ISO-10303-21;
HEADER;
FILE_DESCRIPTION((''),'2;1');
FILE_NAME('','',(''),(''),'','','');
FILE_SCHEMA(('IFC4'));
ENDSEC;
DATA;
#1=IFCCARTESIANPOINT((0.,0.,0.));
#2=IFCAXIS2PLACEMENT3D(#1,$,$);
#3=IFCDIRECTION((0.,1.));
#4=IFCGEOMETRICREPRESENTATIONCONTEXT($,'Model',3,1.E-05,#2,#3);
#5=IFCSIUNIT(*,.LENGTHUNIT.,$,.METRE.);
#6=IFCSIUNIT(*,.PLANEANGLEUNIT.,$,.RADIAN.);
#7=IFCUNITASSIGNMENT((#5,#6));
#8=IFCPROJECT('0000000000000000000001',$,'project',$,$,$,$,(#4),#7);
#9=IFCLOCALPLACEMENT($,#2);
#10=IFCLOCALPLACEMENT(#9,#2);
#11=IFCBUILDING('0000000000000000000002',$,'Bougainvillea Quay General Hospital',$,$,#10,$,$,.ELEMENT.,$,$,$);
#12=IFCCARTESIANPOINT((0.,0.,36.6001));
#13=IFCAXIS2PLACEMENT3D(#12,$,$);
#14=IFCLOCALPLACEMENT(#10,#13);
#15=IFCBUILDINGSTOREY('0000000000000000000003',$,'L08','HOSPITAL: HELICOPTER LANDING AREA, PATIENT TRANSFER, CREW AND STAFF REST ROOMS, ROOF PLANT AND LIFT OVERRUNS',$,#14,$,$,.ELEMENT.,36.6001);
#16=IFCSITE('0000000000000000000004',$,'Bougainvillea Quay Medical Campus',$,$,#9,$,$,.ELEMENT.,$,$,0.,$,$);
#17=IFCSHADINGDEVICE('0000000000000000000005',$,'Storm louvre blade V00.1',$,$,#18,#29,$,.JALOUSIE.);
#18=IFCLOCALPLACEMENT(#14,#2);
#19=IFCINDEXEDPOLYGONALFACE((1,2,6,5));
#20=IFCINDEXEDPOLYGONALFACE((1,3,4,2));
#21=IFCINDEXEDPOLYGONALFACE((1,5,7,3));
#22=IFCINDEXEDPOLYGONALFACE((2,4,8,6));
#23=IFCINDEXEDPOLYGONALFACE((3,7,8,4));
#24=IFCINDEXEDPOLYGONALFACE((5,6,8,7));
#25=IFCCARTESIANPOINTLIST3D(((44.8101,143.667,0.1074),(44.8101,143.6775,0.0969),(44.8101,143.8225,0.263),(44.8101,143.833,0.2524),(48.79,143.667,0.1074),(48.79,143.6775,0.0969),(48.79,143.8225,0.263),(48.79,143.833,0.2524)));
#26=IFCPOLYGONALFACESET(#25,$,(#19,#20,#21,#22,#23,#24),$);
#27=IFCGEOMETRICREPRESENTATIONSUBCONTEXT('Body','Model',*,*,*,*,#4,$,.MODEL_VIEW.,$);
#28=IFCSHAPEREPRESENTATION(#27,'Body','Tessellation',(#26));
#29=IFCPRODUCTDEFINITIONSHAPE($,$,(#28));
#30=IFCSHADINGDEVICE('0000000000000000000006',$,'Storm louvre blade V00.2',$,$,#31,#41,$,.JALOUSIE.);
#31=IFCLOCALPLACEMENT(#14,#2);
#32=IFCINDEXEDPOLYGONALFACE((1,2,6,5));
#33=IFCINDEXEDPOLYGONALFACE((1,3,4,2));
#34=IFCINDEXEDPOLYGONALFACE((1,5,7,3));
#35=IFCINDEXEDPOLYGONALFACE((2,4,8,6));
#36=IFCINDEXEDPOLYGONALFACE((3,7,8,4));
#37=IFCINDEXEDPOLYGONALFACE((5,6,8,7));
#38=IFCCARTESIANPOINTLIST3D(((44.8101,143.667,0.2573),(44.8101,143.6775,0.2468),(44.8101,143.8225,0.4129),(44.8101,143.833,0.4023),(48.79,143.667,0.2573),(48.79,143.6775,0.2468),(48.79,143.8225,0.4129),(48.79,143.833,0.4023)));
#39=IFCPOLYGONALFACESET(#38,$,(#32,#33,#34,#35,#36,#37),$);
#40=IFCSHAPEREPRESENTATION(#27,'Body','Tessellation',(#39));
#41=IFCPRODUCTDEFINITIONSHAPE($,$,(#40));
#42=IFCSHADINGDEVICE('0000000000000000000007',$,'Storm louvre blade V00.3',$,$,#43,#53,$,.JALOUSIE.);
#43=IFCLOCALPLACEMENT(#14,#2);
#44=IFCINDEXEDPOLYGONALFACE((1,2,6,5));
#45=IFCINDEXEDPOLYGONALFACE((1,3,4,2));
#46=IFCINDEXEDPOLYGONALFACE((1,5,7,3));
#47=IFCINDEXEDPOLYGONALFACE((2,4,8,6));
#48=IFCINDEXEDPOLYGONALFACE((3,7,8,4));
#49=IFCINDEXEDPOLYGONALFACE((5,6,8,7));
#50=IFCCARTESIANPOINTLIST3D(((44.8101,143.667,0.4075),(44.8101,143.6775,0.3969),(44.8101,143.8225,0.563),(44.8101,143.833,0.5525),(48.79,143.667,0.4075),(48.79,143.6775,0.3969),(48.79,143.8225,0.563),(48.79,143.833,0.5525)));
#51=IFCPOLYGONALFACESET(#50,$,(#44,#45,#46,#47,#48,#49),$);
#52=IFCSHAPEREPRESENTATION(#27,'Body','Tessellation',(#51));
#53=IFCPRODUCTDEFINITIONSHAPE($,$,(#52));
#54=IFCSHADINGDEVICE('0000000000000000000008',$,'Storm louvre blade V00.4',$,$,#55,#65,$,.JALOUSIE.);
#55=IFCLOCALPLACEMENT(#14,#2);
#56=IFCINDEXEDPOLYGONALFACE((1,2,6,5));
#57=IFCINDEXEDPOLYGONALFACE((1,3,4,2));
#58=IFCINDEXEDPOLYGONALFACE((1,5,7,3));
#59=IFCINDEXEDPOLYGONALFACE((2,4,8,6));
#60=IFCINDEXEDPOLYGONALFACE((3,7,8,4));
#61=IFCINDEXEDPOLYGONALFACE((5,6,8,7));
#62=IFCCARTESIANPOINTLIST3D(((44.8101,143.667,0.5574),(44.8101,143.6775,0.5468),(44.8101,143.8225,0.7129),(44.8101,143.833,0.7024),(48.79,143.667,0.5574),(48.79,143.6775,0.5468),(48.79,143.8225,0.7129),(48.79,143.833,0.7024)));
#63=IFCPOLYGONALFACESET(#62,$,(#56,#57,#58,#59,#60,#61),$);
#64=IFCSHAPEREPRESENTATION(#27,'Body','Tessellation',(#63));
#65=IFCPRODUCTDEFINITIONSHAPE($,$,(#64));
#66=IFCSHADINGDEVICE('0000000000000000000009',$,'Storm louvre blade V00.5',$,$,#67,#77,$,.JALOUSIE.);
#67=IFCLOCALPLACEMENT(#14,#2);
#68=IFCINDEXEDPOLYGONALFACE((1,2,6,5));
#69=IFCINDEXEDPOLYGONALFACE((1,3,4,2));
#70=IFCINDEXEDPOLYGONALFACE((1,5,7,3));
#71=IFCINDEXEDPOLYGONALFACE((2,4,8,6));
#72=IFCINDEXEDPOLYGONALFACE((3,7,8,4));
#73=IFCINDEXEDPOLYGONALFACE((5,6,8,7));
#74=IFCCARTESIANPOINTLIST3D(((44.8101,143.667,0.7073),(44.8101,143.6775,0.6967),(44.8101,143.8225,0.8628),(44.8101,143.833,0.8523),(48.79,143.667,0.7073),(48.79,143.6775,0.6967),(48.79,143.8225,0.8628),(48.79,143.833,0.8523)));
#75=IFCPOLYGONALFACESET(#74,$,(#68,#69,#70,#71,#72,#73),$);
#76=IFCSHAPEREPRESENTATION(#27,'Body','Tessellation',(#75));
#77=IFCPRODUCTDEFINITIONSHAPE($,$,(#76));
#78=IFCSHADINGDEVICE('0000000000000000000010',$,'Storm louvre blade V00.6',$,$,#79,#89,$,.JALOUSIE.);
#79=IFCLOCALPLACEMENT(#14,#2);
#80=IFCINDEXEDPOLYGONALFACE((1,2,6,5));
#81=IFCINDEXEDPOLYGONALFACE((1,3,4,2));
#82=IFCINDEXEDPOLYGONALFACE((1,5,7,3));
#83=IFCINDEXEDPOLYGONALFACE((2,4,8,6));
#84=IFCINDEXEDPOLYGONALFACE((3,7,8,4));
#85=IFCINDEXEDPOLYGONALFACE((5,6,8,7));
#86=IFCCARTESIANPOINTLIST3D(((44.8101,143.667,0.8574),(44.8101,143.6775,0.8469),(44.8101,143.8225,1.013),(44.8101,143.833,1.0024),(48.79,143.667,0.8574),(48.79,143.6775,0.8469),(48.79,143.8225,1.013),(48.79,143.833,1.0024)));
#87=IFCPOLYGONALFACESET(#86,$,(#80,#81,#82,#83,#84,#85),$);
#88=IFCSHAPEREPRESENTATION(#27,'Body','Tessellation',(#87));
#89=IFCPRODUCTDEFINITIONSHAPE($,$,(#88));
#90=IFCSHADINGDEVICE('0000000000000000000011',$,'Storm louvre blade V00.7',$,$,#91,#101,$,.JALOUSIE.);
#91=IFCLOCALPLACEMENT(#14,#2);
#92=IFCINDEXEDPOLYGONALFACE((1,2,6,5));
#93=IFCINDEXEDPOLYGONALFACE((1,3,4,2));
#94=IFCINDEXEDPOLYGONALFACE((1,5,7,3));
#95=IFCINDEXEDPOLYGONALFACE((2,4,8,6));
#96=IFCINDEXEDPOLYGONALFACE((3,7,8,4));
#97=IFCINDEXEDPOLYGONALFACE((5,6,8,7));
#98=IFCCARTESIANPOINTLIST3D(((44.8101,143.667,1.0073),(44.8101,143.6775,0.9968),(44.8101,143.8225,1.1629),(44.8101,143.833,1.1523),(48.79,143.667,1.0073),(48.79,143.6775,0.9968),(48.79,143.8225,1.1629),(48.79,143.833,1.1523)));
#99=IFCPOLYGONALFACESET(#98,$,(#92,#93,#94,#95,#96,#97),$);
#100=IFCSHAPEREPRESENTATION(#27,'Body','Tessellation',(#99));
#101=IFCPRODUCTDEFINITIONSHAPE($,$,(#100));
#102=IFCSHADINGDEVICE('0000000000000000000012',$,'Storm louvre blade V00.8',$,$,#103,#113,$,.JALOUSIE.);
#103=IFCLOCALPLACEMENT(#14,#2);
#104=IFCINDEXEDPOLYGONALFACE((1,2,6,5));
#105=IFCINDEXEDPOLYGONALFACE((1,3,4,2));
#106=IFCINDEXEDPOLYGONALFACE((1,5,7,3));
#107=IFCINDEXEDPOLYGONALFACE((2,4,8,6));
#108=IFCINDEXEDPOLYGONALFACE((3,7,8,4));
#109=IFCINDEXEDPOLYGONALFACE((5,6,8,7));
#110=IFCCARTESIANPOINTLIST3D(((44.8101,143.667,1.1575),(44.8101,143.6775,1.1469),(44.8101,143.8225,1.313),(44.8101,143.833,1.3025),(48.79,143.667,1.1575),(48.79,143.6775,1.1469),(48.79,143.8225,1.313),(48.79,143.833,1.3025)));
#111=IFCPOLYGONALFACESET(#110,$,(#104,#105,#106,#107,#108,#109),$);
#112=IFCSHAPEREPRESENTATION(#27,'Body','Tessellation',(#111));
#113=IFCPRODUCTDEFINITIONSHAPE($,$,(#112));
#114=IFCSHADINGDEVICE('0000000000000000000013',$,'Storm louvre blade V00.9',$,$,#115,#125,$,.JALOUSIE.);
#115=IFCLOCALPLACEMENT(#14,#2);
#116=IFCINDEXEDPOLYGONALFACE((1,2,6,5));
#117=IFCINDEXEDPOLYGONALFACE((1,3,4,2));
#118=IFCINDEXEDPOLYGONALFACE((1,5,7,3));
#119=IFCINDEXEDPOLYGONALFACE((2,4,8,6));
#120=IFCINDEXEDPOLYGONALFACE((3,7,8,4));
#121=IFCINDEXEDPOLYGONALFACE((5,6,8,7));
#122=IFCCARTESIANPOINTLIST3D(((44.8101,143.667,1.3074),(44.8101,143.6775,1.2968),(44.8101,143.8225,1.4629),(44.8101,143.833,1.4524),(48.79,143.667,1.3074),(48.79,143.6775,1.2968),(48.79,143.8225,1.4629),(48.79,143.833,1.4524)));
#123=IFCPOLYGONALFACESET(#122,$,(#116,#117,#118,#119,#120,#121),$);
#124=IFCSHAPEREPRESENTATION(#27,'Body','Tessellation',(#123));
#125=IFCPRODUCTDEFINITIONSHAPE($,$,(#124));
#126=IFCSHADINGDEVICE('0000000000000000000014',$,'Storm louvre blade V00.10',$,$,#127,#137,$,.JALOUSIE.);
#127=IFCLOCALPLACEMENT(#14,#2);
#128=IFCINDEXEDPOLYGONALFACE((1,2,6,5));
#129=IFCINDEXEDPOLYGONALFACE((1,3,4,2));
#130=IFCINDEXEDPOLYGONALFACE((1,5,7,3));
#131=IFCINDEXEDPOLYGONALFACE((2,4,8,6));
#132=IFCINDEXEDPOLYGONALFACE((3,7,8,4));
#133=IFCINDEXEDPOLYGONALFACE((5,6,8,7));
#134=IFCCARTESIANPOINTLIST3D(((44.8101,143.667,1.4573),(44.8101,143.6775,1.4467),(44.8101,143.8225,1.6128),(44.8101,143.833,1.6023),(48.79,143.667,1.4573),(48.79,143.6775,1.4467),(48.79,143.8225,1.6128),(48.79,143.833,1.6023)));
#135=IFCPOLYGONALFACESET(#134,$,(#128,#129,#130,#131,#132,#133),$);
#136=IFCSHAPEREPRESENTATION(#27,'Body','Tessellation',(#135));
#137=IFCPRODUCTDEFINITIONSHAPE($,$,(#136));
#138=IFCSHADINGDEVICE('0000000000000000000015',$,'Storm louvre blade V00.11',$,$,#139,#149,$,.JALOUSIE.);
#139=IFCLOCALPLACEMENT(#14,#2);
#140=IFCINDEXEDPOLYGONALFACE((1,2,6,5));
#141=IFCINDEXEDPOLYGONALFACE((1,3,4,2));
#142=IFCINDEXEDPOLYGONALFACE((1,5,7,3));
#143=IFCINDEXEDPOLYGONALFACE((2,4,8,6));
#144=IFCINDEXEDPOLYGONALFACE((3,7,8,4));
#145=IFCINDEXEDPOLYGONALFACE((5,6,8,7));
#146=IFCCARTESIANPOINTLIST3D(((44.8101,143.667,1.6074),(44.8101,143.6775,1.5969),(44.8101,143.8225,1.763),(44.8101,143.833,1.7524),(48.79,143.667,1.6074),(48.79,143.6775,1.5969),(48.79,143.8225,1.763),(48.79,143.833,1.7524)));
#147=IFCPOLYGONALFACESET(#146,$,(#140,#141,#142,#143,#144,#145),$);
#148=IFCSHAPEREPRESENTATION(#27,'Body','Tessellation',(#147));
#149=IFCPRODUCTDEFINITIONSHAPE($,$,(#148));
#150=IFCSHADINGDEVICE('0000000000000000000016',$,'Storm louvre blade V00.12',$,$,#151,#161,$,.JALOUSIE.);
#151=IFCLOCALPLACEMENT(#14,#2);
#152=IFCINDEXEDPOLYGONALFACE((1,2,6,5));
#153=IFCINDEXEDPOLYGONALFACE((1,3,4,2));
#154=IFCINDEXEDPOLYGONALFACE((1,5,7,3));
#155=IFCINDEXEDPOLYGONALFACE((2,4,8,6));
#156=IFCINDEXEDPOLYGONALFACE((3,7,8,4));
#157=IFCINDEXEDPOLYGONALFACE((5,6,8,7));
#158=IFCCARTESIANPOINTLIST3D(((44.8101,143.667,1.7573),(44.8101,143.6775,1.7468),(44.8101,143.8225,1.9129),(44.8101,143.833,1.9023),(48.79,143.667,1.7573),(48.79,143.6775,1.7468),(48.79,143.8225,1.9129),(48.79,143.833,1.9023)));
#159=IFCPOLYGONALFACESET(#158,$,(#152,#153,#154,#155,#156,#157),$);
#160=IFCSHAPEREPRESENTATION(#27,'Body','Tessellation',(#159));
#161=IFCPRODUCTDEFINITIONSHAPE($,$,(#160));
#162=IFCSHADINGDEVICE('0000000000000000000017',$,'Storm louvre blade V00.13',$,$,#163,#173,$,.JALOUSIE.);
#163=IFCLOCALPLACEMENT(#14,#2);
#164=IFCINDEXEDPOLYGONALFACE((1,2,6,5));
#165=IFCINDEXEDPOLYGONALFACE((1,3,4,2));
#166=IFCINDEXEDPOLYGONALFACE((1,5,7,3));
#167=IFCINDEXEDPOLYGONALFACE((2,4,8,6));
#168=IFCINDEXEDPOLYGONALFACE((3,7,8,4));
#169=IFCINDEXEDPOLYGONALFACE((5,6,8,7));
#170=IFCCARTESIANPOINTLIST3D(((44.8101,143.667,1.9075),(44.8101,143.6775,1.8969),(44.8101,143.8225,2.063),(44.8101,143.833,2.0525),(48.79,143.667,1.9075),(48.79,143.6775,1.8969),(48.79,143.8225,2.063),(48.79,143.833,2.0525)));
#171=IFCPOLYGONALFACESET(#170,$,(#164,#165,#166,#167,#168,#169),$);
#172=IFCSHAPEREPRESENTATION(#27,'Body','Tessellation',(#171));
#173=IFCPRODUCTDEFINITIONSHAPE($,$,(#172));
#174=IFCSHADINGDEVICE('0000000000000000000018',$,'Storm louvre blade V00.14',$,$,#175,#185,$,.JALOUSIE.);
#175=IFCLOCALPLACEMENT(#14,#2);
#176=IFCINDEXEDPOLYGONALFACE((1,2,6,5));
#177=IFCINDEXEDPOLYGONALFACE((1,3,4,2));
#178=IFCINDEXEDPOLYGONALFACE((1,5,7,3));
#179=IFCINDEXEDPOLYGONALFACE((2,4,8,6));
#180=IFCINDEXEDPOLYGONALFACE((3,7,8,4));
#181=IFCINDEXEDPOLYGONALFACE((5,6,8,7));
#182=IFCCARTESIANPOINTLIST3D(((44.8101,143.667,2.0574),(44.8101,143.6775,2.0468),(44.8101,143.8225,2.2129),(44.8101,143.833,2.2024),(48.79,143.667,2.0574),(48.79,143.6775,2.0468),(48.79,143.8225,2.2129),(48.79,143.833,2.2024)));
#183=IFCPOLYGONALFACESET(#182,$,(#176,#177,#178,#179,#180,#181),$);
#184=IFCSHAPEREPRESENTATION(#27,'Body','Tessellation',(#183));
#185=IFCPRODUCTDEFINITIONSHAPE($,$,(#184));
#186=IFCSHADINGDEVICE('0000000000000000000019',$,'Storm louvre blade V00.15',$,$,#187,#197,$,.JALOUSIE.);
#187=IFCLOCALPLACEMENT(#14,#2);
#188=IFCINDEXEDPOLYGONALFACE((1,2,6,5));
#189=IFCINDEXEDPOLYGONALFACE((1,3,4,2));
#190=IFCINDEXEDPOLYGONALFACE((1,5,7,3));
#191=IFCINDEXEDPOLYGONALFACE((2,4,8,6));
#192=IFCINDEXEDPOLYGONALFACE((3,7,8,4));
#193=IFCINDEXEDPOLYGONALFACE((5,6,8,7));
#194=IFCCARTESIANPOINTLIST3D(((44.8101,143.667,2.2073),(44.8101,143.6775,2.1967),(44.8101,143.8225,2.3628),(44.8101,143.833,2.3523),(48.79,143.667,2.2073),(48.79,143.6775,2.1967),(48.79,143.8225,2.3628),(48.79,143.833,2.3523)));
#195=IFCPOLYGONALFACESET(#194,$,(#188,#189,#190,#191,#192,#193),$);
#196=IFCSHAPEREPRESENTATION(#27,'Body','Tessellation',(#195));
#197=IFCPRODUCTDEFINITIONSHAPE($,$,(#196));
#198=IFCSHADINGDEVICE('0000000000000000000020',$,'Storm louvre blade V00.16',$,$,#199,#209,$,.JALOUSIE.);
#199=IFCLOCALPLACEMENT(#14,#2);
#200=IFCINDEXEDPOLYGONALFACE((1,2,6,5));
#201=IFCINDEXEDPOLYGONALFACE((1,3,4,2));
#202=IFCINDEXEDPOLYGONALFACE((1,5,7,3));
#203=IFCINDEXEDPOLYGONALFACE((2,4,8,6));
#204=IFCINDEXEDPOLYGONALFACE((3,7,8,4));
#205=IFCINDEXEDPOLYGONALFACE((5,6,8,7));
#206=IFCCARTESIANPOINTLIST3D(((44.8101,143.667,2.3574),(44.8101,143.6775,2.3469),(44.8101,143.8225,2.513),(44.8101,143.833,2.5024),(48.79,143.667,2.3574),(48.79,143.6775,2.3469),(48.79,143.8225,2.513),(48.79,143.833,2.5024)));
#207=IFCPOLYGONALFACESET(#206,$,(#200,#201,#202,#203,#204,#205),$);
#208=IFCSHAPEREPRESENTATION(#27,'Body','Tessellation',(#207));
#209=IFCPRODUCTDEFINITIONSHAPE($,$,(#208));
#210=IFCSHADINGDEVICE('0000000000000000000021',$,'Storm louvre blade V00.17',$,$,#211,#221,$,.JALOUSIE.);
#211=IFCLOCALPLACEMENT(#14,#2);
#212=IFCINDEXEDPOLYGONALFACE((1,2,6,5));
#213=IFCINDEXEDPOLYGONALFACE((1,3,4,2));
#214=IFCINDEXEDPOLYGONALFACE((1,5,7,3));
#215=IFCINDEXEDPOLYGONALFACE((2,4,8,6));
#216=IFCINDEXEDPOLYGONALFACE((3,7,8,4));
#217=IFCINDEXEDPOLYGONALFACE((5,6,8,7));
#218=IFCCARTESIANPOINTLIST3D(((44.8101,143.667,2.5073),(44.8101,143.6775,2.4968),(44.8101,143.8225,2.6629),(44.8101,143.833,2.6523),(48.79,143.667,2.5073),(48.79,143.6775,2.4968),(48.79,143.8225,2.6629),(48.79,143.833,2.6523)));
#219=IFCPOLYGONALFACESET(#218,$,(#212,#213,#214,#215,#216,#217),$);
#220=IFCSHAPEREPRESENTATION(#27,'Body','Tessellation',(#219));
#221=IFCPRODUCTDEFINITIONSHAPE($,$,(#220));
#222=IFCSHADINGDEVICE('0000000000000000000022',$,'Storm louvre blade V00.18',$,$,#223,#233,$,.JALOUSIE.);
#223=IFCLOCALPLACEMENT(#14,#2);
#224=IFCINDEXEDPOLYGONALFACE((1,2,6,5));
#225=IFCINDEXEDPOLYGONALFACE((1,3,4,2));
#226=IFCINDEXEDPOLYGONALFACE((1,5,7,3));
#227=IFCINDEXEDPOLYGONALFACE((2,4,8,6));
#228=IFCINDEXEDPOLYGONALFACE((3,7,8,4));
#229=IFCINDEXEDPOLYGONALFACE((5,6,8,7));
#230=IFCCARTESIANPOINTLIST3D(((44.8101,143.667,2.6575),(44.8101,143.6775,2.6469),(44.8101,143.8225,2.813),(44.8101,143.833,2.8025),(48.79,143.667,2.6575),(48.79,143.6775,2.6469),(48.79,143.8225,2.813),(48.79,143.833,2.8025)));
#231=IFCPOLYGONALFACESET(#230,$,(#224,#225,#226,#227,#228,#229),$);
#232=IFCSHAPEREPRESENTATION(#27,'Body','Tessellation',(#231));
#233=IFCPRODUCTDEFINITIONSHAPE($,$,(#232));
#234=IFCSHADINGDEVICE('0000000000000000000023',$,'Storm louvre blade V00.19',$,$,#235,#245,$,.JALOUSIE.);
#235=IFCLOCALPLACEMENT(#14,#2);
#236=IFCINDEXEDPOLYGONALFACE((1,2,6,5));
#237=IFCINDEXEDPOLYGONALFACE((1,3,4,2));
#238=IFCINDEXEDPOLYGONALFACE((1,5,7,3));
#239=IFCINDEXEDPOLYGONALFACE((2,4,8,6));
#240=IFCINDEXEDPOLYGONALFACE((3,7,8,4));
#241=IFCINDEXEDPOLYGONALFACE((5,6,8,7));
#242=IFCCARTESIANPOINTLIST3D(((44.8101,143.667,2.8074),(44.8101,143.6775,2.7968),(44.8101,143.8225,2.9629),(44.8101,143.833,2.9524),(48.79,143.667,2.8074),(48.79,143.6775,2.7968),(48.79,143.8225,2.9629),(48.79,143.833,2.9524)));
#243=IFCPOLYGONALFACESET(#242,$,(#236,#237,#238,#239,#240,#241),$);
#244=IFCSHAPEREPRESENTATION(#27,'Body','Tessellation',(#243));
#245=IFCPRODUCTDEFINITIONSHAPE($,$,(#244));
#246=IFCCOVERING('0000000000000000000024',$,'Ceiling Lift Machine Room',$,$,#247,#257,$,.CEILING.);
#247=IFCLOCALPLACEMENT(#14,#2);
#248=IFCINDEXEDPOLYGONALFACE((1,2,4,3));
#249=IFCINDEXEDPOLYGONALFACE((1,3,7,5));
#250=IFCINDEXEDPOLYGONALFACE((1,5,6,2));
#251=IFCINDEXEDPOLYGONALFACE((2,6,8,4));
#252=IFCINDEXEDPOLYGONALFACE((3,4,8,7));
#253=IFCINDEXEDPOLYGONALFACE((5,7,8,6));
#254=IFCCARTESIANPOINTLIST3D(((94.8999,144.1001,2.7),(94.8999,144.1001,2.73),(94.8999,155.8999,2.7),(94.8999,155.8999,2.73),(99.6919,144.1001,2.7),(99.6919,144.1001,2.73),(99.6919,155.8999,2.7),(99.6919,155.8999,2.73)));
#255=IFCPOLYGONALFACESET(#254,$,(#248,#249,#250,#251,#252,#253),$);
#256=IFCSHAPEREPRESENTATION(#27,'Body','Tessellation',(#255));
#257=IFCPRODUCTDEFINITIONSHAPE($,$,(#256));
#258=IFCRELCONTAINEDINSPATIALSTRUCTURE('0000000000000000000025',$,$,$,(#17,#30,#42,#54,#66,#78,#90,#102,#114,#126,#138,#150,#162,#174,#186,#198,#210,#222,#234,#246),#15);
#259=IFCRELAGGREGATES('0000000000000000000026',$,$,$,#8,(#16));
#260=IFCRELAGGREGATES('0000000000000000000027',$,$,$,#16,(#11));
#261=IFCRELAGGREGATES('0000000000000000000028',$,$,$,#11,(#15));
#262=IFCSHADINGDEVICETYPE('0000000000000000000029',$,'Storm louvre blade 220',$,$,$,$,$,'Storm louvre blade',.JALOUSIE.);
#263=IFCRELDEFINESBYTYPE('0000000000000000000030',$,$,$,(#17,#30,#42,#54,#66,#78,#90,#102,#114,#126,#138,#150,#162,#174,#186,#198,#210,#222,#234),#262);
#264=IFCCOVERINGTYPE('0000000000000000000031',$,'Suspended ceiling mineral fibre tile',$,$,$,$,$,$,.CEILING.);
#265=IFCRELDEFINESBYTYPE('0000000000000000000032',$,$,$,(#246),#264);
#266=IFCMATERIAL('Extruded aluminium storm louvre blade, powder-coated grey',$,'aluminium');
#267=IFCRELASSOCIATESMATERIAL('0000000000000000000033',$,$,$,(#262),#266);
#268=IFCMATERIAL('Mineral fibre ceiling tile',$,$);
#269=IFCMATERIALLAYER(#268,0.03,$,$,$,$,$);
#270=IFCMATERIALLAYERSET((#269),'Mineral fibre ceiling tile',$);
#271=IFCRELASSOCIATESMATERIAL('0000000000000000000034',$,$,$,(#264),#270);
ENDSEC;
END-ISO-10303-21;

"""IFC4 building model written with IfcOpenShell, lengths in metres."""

from ifc_helpers import new_model, si_unit, direction, frame, origin, origin_2d, place, context, subcontext, project, spatial, polyline, rectangle, outline, extrude, material, layer, layer_set, material_profile, profile_set, type_object, element, save


model = new_model("IFC4")

# Units and contexts
model_context = context("Model", 3, precision=1e-05, world=origin(), true_north=direction((0.0, 1.0)))
body_context = subcontext(model_context, "Body", "Model", "MODEL_VIEW")
ifc_project = project(units=[si_unit("LENGTHUNIT", "METRE"), si_unit("PLANEANGLEUNIT", "RADIAN")], contexts=[model_context])

# Site, building, storey
site_placement = place(None, origin())
site = spatial("IfcSite", under=ifc_project, at=site_placement, Name="Bougainvillea Quay Medical Campus", CompositionType="ELEMENT", RefElevation=0.0)
building_placement = place(site_placement, origin())
building = spatial("IfcBuilding", under=site, at=building_placement, Name="Bougainvillea Quay General Hospital", CompositionType="ELEMENT")
storey_placement = place(building_placement, frame((0.0, 0.0, 36.6001)))
storey = spatial("IfcBuildingStorey", under=building, at=storey_placement, Name="L08", Description="HOSPITAL: HELICOPTER LANDING AREA, PATIENT TRANSFER, CREW AND STAFF REST ROOMS, ROOF PLANT AND LIFT OVERRUNS", CompositionType="ELEMENT", Elevation=36.6001)

# Shading devices
ifc_material_1 = material(Name="Extruded aluminium storm louvre blade, powder-coated grey", Category="aluminium")
ifc_material_profile_1 = material_profile(ifc_material_1, rectangle(XDim=0.22, YDim=0.0149, at=origin_2d()))
ifc_profile_set_1 = profile_set([ifc_material_profile_1], Name="Extruded aluminium storm louvre blade, powder-coated grey")
shading_device_type_1 = type_object("IfcShadingDeviceType", Name="Storm louvre blade 220", ElementType="Storm louvre blade", PredefinedType="JALOUSIE", material=ifc_profile_set_1)
for number, where, z_axis, x_axis, name in (
    (1, (44.8101, 143.75, 0.1799), (1.0, 0.0, 0.0), (0.0, 0.707107, 0.707107), "Storm louvre blade V00.1"),
    (2, (44.8101, 143.75, 0.3298), (1.0, 0.0, 0.0), (0.0, 0.707107, 0.707107), "Storm louvre blade V00.2"),
    (3, (44.8101, 143.75, 0.48), (1.0, 0.0, 0.0), (0.0, 0.707107, 0.707107), "Storm louvre blade V00.3"),
    (4, (44.8101, 143.75, 0.6299), (1.0, 0.0, 0.0), (0.0, 0.707107, 0.707107), "Storm louvre blade V00.4"),
    (5, (44.8101, 143.75, 0.7798), (1.0, 0.0, 0.0), (0.0, 0.707107, 0.707107), "Storm louvre blade V00.5"),
    (6, (44.8101, 143.75, 0.9299), (1.0, 0.0, 0.0), (0.0, 0.707107, 0.707107), "Storm louvre blade V00.6"),
    (7, (44.8101, 143.75, 1.0798), (1.0, 0.0, 0.0), (0.0, 0.707107, 0.707107), "Storm louvre blade V00.7"),
    (8, (44.8101, 143.75, 1.23), (1.0, 0.0, 0.0), (0.0, 0.707107, 0.707107), "Storm louvre blade V00.8"),
    (9, (44.8101, 143.75, 1.3799), (1.0, 0.0, 0.0), (0.0, 0.707107, 0.707107), "Storm louvre blade V00.9"),
    (10, (44.8101, 143.75, 1.5298), (1.0, 0.0, 0.0), (0.0, 0.707107, 0.707107), "Storm louvre blade V00.10"),
    (11, (44.8101, 143.75, 1.6799), (1.0, 0.0, 0.0), (0.0, 0.707107, 0.707107), "Storm louvre blade V00.11"),
    (12, (44.8101, 143.75, 1.8298), (1.0, 0.0, 0.0), (0.0, 0.707107, 0.707107), "Storm louvre blade V00.12"),
    (13, (44.8101, 143.75, 1.98), (1.0, 0.0, 0.0), (0.0, 0.707107, 0.707107), "Storm louvre blade V00.13"),
    (14, (44.8101, 143.75, 2.1299), (1.0, 0.0, 0.0), (0.0, 0.707107, 0.707107), "Storm louvre blade V00.14"),
    (15, (44.8101, 143.75, 2.2798), (1.0, 0.0, 0.0), (0.0, 0.707107, 0.707107), "Storm louvre blade V00.15"),
    (16, (44.8101, 143.75, 2.4299), (1.0, 0.0, 0.0), (0.0, 0.707107, 0.707107), "Storm louvre blade V00.16"),
    (17, (44.8101, 143.75, 2.5798), (1.0, 0.0, 0.0), (0.0, 0.707107, 0.707107), "Storm louvre blade V00.17"),
    (18, (44.8101, 143.75, 2.73), (1.0, 0.0, 0.0), (0.0, 0.707107, 0.707107), "Storm louvre blade V00.18"),
    (19, (44.8101, 143.75, 2.8799), (1.0, 0.0, 0.0), (0.0, 0.707107, 0.707107), "Storm louvre blade V00.19"),
):
    element("IfcShadingDevice", number, at=place(storey_placement, frame(where, z_axis=z_axis, x_axis=x_axis)), inside=storey, type_object=shading_device_type_1, Name=name, PredefinedType="JALOUSIE", context=body_context, shape_type="SweptSolid", body=[
        extrude(rectangle(XDim=0.22, YDim=0.0149, at=origin_2d()), origin(), (0.0, 0.0, 1.0), 3.98),
    ])

# Covering
ifc_material_2 = material(Name="Mineral fibre ceiling tile")
ifc_layer_1 = layer(ifc_material_2, 0.03)
ifc_layer_set_1 = layer_set([ifc_layer_1], Name="Mineral fibre ceiling tile")
covering_type = type_object("IfcCoveringType", Name="Suspended ceiling mineral fibre tile", PredefinedType="CEILING", material=ifc_layer_set_1)
covering_1_placement = place(storey_placement, frame((0.0, 0.0, 2.7)))
element("IfcCovering", 20, at=covering_1_placement, inside=storey, type_object=covering_type, Name="Ceiling Lift Machine Room", PredefinedType="CEILING", context=body_context, shape_type="SweptSolid", body=[
    extrude(outline(polyline([(99.6919, 144.1001), (99.6919, 155.8999), (94.8999, 155.8999), (94.8999, 144.1001), (99.6919, 144.1001)])), origin(), (0.0, 0.0, 1.0), 0.03),
])

save(model, "model.ifc")
